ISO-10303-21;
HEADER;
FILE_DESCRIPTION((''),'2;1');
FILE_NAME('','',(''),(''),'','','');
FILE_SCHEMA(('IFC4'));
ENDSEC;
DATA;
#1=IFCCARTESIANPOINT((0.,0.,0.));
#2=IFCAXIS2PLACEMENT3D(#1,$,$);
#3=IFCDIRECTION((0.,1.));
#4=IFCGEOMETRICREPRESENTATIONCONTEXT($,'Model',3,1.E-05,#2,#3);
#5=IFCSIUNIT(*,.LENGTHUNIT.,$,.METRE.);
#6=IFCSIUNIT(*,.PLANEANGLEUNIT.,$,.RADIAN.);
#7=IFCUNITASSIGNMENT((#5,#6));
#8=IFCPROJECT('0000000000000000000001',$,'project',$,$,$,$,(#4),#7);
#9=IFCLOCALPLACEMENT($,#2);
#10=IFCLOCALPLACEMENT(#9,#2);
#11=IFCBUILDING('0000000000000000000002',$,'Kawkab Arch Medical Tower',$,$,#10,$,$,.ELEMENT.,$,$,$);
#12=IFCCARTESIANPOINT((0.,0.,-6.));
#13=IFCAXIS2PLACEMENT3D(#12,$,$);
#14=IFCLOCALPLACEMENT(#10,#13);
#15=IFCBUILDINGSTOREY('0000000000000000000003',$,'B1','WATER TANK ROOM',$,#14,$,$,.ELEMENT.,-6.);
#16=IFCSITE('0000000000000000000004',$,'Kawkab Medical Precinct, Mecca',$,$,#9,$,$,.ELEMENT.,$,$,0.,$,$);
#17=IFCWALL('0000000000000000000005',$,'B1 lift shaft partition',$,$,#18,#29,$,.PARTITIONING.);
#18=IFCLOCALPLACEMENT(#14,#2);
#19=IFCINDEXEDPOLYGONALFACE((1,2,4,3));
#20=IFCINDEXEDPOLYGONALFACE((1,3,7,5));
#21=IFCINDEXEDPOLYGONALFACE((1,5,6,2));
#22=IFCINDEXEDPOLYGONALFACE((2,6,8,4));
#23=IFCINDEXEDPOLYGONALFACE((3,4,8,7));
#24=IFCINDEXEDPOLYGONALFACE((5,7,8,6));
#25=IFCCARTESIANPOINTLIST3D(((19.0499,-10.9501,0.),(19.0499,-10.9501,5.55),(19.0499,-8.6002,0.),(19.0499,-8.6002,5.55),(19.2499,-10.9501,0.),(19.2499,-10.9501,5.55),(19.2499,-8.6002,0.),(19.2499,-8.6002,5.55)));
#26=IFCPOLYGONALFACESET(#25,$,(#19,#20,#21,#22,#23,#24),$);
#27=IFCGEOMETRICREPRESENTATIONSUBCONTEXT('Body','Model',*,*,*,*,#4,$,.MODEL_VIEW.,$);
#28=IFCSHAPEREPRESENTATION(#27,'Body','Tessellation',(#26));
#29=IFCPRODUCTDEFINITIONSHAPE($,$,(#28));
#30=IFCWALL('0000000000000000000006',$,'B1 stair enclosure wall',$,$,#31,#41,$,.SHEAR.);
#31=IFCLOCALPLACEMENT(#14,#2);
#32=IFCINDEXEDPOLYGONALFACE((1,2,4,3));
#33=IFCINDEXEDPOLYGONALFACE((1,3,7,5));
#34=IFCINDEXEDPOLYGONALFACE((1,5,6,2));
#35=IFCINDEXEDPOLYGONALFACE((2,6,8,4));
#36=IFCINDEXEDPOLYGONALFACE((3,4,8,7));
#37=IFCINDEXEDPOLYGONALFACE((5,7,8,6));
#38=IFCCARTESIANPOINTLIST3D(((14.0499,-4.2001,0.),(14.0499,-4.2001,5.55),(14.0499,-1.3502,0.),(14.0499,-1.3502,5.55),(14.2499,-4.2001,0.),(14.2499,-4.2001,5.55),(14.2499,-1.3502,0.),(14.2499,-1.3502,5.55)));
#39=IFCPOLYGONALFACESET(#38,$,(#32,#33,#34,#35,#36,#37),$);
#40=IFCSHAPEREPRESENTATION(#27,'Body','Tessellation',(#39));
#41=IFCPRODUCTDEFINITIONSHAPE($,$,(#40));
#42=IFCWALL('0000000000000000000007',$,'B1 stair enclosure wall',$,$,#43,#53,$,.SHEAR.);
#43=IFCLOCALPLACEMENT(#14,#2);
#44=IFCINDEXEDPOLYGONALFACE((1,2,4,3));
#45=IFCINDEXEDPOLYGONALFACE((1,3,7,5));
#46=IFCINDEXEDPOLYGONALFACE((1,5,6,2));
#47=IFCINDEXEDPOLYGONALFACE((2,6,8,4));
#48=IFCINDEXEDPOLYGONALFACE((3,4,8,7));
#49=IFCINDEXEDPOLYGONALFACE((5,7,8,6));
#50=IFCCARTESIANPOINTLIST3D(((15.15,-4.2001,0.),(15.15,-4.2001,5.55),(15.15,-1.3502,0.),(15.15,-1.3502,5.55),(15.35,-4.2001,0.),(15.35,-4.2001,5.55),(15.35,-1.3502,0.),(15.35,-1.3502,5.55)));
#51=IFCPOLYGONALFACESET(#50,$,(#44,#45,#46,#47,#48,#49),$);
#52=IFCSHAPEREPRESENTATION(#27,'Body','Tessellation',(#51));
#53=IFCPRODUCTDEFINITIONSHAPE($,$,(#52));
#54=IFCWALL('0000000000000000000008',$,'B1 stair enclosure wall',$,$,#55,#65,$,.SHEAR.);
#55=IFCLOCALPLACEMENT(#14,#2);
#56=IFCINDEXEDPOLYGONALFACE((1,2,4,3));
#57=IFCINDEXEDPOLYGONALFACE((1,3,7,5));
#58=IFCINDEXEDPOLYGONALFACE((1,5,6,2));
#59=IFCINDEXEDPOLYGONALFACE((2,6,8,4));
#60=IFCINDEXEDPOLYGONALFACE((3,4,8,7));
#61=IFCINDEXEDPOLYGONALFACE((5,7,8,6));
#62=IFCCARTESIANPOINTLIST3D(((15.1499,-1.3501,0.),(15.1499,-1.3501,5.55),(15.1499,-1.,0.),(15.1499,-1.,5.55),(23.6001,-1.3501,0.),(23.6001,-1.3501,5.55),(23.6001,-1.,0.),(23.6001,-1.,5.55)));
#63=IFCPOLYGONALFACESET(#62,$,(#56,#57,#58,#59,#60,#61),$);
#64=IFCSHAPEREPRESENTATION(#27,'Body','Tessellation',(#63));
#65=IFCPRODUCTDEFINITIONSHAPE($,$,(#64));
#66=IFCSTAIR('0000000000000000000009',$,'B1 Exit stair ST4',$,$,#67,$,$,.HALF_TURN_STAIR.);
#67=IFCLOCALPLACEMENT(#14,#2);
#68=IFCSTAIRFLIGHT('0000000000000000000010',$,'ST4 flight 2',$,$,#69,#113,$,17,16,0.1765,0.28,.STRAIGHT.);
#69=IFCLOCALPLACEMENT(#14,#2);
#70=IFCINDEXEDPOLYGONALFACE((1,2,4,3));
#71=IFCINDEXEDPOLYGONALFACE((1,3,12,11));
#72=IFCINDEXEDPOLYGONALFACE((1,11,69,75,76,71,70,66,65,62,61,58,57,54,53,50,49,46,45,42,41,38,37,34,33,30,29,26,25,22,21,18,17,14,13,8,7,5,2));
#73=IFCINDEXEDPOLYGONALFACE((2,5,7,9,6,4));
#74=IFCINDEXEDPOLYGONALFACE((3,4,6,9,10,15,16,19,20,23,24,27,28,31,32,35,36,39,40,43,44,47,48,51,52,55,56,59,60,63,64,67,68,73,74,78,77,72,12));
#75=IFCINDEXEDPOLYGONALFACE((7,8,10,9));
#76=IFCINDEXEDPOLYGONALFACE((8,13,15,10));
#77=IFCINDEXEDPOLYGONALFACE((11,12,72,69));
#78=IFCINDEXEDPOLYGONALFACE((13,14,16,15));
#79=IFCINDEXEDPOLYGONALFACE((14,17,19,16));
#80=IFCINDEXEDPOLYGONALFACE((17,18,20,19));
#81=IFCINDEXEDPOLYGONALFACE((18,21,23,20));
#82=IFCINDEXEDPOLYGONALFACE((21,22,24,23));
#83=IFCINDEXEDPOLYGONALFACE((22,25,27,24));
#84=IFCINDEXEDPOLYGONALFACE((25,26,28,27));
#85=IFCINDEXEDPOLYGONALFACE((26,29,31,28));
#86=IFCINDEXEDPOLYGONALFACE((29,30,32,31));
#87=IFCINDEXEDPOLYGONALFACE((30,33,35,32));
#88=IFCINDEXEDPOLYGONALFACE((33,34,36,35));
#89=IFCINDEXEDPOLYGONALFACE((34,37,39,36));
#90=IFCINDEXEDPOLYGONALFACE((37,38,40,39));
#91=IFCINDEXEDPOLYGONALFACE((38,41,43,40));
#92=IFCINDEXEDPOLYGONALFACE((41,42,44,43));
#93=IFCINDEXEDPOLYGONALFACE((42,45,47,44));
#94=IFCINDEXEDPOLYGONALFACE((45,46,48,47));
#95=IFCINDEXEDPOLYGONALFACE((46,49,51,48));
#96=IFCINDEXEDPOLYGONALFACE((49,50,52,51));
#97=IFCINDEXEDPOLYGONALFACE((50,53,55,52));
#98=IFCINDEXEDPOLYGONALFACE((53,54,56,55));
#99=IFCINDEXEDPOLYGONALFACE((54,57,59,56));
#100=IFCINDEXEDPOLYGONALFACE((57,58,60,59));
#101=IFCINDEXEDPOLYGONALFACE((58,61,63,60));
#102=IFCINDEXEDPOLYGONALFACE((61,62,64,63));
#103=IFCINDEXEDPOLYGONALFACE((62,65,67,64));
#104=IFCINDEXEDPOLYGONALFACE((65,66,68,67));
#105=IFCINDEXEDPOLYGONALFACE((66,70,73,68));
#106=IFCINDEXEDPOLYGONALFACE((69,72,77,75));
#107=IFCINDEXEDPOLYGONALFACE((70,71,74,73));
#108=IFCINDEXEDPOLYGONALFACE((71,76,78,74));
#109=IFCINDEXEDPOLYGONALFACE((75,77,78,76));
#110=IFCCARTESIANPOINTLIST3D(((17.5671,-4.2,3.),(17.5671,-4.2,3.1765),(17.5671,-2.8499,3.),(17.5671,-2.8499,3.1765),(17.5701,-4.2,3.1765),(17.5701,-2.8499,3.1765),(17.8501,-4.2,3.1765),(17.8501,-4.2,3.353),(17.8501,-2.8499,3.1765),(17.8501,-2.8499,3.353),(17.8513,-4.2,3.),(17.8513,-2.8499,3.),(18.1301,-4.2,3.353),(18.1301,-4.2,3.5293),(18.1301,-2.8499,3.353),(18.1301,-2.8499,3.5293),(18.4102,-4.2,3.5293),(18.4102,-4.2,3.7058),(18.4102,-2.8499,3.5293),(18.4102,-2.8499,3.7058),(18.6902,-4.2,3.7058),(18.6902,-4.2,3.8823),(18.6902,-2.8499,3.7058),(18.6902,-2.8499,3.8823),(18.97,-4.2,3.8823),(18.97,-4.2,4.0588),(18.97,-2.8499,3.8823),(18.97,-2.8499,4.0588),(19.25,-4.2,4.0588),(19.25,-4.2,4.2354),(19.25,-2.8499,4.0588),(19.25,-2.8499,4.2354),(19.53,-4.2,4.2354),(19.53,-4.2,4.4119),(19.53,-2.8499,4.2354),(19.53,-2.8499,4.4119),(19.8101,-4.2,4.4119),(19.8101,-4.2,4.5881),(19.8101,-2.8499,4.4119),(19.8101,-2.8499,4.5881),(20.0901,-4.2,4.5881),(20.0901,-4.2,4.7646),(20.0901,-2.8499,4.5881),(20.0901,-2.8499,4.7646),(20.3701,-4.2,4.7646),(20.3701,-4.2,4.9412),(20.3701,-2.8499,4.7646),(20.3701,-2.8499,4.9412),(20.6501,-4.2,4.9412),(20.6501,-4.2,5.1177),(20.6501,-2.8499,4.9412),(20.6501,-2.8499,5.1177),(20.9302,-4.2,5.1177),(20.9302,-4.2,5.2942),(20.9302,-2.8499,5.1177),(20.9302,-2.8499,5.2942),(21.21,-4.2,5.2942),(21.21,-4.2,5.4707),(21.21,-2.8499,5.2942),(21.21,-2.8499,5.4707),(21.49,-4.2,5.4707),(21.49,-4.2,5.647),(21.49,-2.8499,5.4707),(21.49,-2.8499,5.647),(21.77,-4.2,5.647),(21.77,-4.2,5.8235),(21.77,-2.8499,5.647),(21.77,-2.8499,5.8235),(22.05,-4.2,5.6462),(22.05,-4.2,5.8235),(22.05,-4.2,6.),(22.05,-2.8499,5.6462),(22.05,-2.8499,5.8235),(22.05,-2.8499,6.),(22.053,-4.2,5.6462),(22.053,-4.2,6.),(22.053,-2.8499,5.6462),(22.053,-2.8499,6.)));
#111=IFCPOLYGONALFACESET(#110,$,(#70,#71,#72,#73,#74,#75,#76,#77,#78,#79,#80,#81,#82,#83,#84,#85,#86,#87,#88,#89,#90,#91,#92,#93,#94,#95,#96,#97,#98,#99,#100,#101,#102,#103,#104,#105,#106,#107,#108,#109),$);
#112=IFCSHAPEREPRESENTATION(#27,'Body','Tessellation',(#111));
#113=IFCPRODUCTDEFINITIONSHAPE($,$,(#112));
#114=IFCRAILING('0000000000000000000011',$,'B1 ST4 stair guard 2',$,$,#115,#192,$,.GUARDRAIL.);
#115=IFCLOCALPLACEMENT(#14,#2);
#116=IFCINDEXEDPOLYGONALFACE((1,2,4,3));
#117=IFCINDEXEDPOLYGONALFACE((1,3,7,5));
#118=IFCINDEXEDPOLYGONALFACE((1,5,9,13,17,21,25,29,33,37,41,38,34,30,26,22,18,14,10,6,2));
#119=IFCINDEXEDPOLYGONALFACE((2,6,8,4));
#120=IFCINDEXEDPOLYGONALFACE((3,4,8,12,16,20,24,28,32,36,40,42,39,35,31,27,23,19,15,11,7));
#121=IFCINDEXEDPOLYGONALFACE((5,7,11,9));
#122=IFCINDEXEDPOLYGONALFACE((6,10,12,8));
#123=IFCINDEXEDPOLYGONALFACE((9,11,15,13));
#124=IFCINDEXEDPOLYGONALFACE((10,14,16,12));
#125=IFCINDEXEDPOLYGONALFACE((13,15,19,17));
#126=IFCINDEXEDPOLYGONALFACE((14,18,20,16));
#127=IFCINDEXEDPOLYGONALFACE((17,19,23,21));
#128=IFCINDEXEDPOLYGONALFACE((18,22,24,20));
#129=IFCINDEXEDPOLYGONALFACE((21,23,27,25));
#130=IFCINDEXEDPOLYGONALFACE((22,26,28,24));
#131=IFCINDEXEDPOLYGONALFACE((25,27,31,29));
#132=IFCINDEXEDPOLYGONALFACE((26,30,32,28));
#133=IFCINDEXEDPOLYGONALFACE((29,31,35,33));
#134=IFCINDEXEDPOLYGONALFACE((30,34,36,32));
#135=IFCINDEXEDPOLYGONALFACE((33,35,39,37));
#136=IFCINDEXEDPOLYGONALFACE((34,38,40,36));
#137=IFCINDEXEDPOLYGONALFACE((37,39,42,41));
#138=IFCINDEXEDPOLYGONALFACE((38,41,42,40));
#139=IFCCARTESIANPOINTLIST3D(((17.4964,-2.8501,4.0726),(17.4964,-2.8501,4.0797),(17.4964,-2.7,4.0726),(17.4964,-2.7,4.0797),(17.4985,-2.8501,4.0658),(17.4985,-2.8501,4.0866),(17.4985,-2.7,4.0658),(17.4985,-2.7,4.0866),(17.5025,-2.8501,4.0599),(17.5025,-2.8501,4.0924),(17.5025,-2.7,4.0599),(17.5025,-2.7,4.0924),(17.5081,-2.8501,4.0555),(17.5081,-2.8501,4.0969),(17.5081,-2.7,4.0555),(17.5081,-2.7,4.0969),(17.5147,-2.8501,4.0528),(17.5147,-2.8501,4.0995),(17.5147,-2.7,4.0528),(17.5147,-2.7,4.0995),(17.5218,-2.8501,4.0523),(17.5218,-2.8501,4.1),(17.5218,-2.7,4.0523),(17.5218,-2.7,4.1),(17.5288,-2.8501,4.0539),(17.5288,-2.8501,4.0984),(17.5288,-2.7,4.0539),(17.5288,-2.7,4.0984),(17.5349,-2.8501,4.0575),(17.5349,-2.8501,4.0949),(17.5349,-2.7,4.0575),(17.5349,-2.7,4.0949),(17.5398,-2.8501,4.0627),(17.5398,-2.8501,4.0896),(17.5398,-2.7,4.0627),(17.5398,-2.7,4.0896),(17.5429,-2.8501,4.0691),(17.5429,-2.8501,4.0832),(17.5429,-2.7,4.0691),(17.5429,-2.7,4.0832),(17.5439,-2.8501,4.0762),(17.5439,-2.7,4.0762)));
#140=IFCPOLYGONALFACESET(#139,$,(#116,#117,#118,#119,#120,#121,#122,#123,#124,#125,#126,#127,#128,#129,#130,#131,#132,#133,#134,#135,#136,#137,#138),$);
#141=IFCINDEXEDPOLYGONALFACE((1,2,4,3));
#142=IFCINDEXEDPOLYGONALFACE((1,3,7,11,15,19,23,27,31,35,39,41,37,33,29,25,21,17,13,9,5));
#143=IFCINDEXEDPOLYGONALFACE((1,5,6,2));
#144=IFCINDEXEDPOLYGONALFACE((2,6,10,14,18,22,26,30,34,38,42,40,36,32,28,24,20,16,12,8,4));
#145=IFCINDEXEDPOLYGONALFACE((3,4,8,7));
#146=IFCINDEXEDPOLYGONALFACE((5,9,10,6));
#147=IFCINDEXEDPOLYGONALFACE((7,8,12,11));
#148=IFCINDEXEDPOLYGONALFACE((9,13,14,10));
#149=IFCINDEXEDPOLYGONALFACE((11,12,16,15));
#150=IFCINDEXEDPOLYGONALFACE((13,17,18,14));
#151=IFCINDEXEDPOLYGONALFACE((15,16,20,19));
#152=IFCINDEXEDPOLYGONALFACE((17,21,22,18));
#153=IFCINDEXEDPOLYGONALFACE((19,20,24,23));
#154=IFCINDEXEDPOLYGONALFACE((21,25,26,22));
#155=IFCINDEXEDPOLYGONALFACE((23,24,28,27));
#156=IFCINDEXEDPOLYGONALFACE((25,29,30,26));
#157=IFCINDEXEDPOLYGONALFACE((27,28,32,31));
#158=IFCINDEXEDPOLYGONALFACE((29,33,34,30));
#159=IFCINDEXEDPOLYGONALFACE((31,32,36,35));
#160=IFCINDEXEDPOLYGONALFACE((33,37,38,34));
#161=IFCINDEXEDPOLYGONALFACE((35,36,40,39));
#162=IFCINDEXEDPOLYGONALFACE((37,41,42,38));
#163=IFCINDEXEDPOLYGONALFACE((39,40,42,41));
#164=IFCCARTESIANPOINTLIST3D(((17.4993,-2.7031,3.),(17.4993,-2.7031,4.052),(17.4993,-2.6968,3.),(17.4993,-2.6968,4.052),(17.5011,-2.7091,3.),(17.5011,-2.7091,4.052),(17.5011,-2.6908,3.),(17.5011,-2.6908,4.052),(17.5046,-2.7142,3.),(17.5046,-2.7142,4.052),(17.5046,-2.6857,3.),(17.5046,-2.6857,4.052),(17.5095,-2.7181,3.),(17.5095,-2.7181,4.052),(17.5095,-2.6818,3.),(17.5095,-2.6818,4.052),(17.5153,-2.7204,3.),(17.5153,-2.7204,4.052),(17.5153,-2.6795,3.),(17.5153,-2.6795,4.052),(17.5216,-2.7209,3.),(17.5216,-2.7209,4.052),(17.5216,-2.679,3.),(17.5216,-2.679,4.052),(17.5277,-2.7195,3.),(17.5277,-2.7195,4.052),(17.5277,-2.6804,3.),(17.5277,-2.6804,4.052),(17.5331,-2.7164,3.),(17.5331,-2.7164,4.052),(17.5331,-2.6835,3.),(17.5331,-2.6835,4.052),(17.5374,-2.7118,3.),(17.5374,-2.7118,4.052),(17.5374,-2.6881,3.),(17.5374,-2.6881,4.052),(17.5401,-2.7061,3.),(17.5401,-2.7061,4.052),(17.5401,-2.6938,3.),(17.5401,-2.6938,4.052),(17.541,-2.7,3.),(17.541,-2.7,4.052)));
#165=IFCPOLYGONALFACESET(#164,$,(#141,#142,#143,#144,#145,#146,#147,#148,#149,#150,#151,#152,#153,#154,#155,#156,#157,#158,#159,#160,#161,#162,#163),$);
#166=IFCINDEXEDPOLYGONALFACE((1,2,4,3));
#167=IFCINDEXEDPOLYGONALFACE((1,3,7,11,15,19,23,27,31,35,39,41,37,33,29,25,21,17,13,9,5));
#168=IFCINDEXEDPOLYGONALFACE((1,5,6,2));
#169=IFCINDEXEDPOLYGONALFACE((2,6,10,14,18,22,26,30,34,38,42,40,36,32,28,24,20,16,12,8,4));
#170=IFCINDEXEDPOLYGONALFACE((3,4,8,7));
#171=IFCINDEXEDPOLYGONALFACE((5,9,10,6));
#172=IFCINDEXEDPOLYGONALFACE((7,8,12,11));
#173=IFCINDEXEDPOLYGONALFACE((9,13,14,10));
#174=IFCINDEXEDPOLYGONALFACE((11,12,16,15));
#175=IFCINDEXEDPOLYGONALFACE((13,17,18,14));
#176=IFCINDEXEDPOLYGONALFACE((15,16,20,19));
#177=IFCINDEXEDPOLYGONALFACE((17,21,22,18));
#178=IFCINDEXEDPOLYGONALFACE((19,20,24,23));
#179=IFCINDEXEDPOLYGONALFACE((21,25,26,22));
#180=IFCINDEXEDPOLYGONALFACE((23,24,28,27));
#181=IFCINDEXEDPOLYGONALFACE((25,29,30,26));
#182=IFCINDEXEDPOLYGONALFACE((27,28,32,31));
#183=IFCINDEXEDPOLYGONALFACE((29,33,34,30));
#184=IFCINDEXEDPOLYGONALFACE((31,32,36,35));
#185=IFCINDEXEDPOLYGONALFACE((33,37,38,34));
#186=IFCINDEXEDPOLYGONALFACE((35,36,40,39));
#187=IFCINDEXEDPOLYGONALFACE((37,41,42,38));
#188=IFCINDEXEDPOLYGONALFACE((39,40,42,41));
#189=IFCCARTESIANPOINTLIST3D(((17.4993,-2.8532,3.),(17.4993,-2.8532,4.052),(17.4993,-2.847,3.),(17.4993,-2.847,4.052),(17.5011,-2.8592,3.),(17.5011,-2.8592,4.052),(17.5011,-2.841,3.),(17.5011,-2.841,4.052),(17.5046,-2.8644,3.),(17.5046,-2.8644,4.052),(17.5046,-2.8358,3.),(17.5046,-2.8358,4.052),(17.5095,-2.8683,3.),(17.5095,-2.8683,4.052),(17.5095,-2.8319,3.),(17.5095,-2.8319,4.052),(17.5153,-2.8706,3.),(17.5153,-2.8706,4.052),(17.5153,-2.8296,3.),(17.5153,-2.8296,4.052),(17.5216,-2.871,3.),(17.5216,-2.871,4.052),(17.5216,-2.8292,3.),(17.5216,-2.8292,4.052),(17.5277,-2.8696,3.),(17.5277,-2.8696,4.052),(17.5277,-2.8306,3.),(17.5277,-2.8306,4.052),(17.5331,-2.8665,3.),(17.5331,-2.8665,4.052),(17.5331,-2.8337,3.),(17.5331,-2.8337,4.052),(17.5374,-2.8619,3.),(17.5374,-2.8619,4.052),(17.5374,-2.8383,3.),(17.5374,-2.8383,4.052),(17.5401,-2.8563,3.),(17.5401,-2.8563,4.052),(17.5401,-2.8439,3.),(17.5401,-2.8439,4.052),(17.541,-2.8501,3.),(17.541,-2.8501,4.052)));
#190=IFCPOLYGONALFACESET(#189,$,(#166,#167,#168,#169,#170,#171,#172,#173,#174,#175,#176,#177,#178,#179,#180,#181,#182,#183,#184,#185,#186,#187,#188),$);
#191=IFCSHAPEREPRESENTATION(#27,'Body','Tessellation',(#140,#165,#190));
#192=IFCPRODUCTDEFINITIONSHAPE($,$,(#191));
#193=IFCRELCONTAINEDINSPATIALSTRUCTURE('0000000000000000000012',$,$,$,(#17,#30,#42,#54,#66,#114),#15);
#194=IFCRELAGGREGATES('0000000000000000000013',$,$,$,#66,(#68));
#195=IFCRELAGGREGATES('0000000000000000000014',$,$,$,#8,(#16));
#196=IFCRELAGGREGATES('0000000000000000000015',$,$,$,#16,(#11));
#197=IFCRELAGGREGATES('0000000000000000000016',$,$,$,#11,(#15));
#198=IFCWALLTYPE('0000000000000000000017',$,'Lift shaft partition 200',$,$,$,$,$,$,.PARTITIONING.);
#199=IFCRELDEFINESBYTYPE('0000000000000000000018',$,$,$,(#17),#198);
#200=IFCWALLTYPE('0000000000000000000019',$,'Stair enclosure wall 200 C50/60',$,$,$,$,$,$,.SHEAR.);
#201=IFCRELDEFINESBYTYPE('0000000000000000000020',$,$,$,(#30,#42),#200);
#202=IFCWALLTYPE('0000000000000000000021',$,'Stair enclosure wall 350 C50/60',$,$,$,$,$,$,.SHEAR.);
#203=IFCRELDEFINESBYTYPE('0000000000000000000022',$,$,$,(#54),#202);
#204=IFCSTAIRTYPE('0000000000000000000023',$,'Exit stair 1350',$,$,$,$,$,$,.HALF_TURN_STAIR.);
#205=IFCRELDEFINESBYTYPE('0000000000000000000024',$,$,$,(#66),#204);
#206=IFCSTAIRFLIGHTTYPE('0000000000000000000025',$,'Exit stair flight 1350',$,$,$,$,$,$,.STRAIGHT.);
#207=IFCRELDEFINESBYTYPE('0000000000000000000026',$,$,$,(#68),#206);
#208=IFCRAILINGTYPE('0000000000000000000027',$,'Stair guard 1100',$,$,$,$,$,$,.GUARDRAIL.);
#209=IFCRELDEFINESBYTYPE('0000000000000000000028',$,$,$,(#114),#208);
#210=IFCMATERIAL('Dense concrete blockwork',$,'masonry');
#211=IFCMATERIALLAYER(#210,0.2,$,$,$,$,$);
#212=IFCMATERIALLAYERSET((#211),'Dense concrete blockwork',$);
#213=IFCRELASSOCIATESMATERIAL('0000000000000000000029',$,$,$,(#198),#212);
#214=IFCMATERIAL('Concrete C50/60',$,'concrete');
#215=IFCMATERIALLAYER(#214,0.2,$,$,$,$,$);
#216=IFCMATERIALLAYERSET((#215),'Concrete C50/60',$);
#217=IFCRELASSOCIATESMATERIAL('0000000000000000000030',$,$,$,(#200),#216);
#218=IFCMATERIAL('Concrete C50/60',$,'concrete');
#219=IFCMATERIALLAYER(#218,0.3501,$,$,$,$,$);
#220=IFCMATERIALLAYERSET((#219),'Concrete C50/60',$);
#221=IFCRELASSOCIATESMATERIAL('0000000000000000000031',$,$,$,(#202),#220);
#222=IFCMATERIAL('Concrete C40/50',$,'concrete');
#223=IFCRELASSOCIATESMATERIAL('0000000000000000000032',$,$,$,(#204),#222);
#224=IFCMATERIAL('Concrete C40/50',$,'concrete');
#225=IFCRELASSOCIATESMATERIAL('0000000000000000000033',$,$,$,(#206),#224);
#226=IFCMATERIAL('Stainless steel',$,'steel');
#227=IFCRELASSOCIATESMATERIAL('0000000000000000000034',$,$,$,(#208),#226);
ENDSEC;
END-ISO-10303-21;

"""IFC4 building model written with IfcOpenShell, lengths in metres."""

from ifc_helpers import new_model, si_unit, direction, frame, frame_2d, origin, origin_2d, place, context, subcontext, project, spatial, polyline, rectangle, circle, outline, extrude, material, layer, layer_set, type_object, element, aggregate, save


model = new_model("IFC4")

# Units and contexts
model_context = context("Model", 3, precision=1e-05, world=origin(), true_north=direction((0.0, 1.0)))
body_context = subcontext(model_context, "Body", "Model", "MODEL_VIEW")
ifc_project = project(units=[si_unit("LENGTHUNIT", "METRE"), si_unit("PLANEANGLEUNIT", "RADIAN")], contexts=[model_context])

# Site, building, storey
site_placement = place(None, origin())
site = spatial("IfcSite", under=ifc_project, at=site_placement, Name="Kawkab Medical Precinct, Mecca", CompositionType="ELEMENT", RefElevation=0.0)
building_placement = place(site_placement, origin())
building = spatial("IfcBuilding", under=site, at=building_placement, Name="Kawkab Arch Medical Tower", CompositionType="ELEMENT")
storey_placement = place(building_placement, frame((0.0, 0.0, -6.0)))
storey = spatial("IfcBuildingStorey", under=building, at=storey_placement, Name="B1", Description="WATER TANK ROOM", CompositionType="ELEMENT", Elevation=-6.0)

# Walls
ifc_material_1 = material(Name="Dense concrete blockwork", Category="masonry")
ifc_layer_1 = layer(ifc_material_1, 0.2)
ifc_layer_set_1 = layer_set([ifc_layer_1], Name="Dense concrete blockwork")
wall_type_1 = type_object("IfcWallType", Name="Lift shaft partition 200", PredefinedType="PARTITIONING", material=ifc_layer_set_1)
for number, where, z_axis, x_axis, name in (
    (1, (19.1499, -10.95, 0.0), (0.0, 0.0, 1.0), (0.0, 1.0, 0.0), "B1 lift shaft partition"),
):
    element("IfcWall", number, at=place(storey_placement, frame(where, z_axis=z_axis, x_axis=x_axis)), inside=storey, type_object=wall_type_1, Name=name, PredefinedType="PARTITIONING", context=body_context, shape_type="SweptSolid", body=[
        extrude(rectangle(XDim=2.3499, YDim=0.2, at=frame_2d((1.1748, 0.0))), origin(), (0.0, 0.0, 1.0), 5.55),
    ])
ifc_material_2 = material(Name="Concrete C50/60", Category="concrete")
ifc_layer_2 = layer(ifc_material_2, 0.2)
ifc_layer_set_2 = layer_set([ifc_layer_2], Name="Concrete C50/60")
wall_type_2 = type_object("IfcWallType", Name="Stair enclosure wall 200 C50/60", PredefinedType="SHEAR", material=ifc_layer_set_2)
for number, where, z_axis, x_axis, name in (
    (2, (14.1499, -4.2, 0.0), (0.0, 0.0, 1.0), (0.0, 1.0, 0.0), "B1 stair enclosure wall"),
    (3, (15.25, -4.2, 0.0), (0.0, 0.0, 1.0), (0.0, 1.0, 0.0), "B1 stair enclosure wall"),
):
    element("IfcWall", number, at=place(storey_placement, frame(where, z_axis=z_axis, x_axis=x_axis)), inside=storey, type_object=wall_type_2, Name=name, PredefinedType="SHEAR", context=body_context, shape_type="SweptSolid", body=[
        extrude(rectangle(XDim=2.8499, YDim=0.2, at=frame_2d((1.4248, 0.0))), origin(), (0.0, 0.0, 1.0), 5.55),
    ])
ifc_material_3 = material(Name="Concrete C50/60", Category="concrete")
ifc_layer_3 = layer(ifc_material_3, 0.3501)
ifc_layer_set_3 = layer_set([ifc_layer_3], Name="Concrete C50/60")
wall_type_3 = type_object("IfcWallType", Name="Stair enclosure wall 350 C50/60", PredefinedType="SHEAR", material=ifc_layer_set_3)
wall_placement = place(storey_placement, frame((15.1499, -1.175, 0.0), z_axis=(0.0, 0.0, 1.0), x_axis=(1.0, 0.0, 0.0)))
element("IfcWall", 4, at=wall_placement, inside=storey, type_object=wall_type_3, Name="B1 stair enclosure wall", PredefinedType="SHEAR", context=body_context, shape_type="SweptSolid", body=[
    extrude(rectangle(XDim=8.4502, YDim=0.3501, at=frame_2d((4.2251, 0.0))), origin(), (0.0, 0.0, 1.0), 5.55),
])

# Stair, stair flight
ifc_material_4 = material(Name="Concrete C40/50", Category="concrete")
stair_type = type_object("IfcStairType", Name="Exit stair 1350", PredefinedType="HALF_TURN_STAIR", material=ifc_material_4)
stair_placement = place(storey_placement, origin())
stair = element("IfcStair", 5, at=stair_placement, inside=storey, type_object=stair_type, Name="B1 Exit stair ST4", PredefinedType="HALF_TURN_STAIR")
ifc_material_5 = material(Name="Concrete C40/50", Category="concrete")
stair_flight_type = type_object("IfcStairFlightType", Name="Exit stair flight 1350", PredefinedType="STRAIGHT", material=ifc_material_5)
stair_flight_placement = place(storey_placement, frame((17.5701, -3.5249, 3.0), z_axis=(0.0, 0.0, 1.0), x_axis=(1.0, 0.0, 0.0)))
stair_flight = element("IfcStairFlight", 6, at=stair_flight_placement, type_object=stair_flight_type, Name="ST4 flight 2", NumberOfRisers=17, NumberOfTreads=16, PredefinedType="STRAIGHT", RiserHeight=0.1765, TreadLength=0.28, context=body_context, shape_type="SweptSolid", body=[
    extrude(outline(polyline([(-0.0029, 0.0), (-0.0029, 0.1765), (0.0, 0.1765), (0.28, 0.1765), (0.28, 0.353), (0.5601, 0.353), (0.5601, 0.5293), (0.8401, 0.5293), (0.8401, 0.7058), (1.1201, 0.7058), (1.1201, 0.8823), (1.3999, 0.8823), (1.3999, 1.0588), (1.6799, 1.0588), (1.6799, 1.2354), (1.96, 1.2354), (1.96, 1.4119), (2.24, 1.4119), (2.24, 1.5881), (2.52, 1.5881), (2.52, 1.7646), (2.8, 1.7646), (2.8, 1.9412), (3.0801, 1.9412), (3.0801, 2.1177), (3.3601, 2.1177), (3.3601, 2.2942), (3.6399, 2.2942), (3.6399, 2.4707), (3.9199, 2.4707), (3.9199, 2.647), (4.2, 2.647), (4.2, 2.8235), (4.48, 2.8235), (4.48, 3.0), (4.4829, 3.0), (4.4829, 2.6462), (4.48, 2.6462), (0.2812, 0.0), (-0.0029, 0.0)])), frame((0.0, 0.675, 0.0), z_axis=(0.0, -1.0, 0.0), x_axis=(1.0, 0.0, 0.0)), (0.0, 0.0, 1.0), 1.3501),
])
aggregate(stair, [stair_flight])

# Railing
ifc_material_6 = material(Name="Stainless steel", Category="steel")
railing_type = type_object("IfcRailingType", Name="Stair guard 1100", PredefinedType="GUARDRAIL", material=ifc_material_6)
railing_1_placement = place(storey_placement, frame((17.52, -2.7, 3.0)))
element("IfcRailing", 7, at=railing_1_placement, inside=storey, type_object=railing_type, Name="B1 ST4 stair guard 2", PredefinedType="GUARDRAIL", context=body_context, shape_type="SweptSolid", body=[
    extrude(circle(Radius=0.0239, at=origin_2d()), frame((0.0, 0.0, 1.0762), z_axis=(0.0, -1.0, 0.0), x_axis=(1.0, 0.0, 0.0)), (0.0, 0.0, 1.0), 0.1501),
    extrude(circle(Radius=0.021, at=origin_2d()), origin(), (0.0, 0.0, 1.0), 1.052),
    extrude(circle(Radius=0.021, at=origin_2d()), frame((0.0, -0.1501, 0.0)), (0.0, 0.0, 1.0), 1.052),
])

save(model, "model.ifc")
